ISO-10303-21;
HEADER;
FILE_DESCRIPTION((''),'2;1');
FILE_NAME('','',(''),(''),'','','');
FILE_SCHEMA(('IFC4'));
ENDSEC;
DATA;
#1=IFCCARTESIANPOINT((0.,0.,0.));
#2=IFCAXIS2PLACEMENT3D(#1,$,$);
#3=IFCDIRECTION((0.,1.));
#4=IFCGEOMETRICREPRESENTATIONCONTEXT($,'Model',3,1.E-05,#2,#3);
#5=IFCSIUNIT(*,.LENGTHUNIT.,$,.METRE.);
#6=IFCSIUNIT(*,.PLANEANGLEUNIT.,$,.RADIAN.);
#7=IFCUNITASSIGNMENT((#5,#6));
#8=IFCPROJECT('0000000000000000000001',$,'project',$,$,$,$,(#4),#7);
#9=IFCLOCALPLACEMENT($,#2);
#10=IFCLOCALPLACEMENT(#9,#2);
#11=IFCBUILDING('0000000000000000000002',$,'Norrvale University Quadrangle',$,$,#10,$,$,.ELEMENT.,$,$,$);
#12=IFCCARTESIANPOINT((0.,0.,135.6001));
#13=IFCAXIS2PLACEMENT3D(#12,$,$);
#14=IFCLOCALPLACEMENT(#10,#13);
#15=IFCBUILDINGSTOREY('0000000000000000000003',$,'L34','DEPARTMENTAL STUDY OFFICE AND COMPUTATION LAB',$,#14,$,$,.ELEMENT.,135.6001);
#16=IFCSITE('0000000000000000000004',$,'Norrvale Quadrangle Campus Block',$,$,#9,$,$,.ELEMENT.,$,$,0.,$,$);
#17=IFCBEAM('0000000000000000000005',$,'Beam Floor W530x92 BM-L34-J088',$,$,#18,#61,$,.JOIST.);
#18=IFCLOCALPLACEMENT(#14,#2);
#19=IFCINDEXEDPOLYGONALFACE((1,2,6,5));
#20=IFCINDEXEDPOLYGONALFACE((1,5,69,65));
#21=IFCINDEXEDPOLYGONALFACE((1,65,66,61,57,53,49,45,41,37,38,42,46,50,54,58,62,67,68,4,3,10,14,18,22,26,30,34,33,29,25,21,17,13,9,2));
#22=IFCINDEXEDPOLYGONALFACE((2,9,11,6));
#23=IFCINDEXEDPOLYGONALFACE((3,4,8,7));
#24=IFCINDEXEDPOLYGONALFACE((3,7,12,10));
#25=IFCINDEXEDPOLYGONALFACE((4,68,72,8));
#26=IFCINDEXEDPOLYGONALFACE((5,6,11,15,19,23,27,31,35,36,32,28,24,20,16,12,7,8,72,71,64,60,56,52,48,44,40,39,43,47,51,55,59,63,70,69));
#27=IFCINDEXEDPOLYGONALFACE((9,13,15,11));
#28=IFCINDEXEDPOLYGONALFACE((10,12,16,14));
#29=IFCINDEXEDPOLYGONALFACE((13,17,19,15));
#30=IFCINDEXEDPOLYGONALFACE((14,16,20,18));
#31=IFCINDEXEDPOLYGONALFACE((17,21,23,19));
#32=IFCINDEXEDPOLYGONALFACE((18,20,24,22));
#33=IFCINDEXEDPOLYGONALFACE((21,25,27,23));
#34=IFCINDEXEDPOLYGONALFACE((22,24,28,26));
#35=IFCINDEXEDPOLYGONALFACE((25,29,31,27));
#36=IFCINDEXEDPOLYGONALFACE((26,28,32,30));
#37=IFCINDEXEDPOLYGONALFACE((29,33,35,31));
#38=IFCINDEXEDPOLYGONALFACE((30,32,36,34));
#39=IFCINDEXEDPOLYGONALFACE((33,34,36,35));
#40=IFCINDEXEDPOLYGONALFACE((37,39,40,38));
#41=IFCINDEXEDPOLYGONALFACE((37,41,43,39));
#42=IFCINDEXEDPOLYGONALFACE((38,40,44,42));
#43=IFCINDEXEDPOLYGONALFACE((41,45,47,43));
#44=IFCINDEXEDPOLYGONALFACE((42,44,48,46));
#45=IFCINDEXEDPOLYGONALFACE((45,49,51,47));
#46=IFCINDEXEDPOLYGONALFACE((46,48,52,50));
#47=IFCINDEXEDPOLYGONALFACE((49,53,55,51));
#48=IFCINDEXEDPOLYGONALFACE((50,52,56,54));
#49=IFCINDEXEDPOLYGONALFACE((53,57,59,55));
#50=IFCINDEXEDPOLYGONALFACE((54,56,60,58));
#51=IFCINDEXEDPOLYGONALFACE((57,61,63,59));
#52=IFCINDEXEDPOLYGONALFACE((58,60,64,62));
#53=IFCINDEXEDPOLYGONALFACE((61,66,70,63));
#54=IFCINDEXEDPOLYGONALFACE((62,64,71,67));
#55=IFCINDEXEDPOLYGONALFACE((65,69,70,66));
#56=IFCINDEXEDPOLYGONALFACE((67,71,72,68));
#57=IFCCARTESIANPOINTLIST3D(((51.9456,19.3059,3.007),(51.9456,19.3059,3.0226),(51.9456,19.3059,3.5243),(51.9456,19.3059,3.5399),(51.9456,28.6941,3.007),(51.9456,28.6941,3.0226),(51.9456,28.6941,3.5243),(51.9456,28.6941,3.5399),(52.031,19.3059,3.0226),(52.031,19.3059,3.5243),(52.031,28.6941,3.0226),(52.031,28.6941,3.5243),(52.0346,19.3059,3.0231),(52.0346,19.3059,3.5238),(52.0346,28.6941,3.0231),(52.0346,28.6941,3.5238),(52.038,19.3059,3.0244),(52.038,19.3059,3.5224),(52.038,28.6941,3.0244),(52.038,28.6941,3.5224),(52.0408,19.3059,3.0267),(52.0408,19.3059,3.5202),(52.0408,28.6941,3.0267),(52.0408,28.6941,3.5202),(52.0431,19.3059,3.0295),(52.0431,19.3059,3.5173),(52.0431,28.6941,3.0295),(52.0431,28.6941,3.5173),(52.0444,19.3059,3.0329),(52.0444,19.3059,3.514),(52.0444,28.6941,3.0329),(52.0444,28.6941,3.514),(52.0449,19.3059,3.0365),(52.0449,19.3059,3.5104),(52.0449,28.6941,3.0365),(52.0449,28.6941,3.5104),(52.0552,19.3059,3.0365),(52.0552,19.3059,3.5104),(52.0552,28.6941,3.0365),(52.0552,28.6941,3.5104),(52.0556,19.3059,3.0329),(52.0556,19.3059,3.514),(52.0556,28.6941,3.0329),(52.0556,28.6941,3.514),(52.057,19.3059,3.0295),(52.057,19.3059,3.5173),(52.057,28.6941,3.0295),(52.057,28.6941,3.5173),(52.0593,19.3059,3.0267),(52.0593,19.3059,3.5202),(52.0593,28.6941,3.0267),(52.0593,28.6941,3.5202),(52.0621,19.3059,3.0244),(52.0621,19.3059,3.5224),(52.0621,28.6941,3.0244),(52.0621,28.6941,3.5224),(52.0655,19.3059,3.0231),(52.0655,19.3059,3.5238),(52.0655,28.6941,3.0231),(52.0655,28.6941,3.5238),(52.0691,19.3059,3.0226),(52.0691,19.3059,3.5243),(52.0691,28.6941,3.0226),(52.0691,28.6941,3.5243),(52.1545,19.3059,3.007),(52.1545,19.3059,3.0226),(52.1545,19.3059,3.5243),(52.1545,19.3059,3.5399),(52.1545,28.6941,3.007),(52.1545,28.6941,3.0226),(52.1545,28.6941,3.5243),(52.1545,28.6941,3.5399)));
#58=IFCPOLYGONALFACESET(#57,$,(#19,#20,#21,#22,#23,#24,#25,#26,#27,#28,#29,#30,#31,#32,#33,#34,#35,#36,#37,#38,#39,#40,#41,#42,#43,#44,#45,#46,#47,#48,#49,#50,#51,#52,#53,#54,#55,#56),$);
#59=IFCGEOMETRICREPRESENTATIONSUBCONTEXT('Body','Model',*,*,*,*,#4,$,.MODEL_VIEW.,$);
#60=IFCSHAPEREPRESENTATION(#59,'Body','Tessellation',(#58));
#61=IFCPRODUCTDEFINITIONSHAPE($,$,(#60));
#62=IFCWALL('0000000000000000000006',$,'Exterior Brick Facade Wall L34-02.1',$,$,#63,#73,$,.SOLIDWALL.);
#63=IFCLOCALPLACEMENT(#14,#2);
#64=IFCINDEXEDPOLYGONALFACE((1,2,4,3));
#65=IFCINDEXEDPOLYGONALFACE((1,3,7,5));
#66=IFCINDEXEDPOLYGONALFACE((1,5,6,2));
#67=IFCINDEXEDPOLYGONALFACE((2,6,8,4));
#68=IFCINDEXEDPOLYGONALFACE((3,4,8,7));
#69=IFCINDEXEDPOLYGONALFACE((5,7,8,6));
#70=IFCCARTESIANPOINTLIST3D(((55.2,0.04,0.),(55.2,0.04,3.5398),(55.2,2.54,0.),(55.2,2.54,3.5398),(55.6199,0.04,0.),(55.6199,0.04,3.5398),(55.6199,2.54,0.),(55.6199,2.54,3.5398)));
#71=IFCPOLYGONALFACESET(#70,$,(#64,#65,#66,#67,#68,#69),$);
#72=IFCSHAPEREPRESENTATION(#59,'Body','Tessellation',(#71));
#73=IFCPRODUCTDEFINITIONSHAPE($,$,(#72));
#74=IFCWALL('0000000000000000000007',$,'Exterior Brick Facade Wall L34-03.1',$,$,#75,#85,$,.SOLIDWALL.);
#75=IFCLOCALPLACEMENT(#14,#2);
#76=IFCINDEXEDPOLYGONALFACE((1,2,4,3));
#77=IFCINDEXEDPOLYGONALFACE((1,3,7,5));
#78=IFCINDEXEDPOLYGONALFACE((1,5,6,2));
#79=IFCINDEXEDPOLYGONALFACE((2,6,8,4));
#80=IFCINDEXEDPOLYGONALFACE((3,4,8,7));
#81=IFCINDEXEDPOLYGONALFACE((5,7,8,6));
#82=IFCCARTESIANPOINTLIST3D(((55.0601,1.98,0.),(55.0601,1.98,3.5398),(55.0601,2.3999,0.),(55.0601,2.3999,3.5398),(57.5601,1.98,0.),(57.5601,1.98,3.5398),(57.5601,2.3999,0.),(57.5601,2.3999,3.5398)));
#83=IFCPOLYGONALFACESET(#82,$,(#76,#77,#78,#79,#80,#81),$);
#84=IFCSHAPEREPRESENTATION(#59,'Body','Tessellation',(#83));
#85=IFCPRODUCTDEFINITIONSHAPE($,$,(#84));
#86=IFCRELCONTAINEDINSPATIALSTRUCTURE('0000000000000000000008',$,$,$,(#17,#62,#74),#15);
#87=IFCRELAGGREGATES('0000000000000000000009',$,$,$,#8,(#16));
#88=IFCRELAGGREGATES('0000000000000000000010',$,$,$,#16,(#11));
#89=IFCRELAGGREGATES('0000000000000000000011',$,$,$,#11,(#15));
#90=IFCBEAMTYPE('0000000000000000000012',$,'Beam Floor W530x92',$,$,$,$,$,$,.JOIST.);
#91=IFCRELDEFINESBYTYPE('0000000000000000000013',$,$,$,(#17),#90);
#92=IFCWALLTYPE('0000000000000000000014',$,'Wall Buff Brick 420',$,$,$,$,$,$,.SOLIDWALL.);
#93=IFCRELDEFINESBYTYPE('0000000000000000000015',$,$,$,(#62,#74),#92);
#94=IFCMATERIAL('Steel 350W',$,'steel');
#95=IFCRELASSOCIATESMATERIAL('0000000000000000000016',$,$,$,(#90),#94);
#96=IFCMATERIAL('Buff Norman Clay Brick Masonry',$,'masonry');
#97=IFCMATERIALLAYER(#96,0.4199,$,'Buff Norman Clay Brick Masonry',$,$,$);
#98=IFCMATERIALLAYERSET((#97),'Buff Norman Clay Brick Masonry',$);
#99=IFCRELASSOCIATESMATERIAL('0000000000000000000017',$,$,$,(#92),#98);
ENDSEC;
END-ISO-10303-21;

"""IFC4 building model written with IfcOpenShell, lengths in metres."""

from ifc_helpers import new_model, si_unit, direction, frame, frame_2d, origin, origin_2d, place, context, subcontext, project, spatial, rectangle, i_section, extrude, material, layer, layer_set, material_profile, profile_set, type_object, element, save


model = new_model("IFC4")

# Units and contexts
model_context = context("Model", 3, precision=1e-05, world=origin(), true_north=direction((0.0, 1.0)))
body_context = subcontext(model_context, "Body", "Model", "MODEL_VIEW")
ifc_project = project(units=[si_unit("LENGTHUNIT", "METRE"), si_unit("PLANEANGLEUNIT", "RADIAN")], contexts=[model_context])

# Site, building, storey
site_placement = place(None, origin())
site = spatial("IfcSite", under=ifc_project, at=site_placement, Name="Norrvale Quadrangle Campus Block", CompositionType="ELEMENT", RefElevation=0.0)
building_placement = place(site_placement, origin())
building = spatial("IfcBuilding", under=site, at=building_placement, Name="Norrvale University Quadrangle", CompositionType="ELEMENT")
storey_placement = place(building_placement, frame((0.0, 0.0, 135.6001)))
storey = spatial("IfcBuildingStorey", under=building, at=storey_placement, Name="L34", Description="DEPARTMENTAL STUDY OFFICE AND COMPUTATION LAB", CompositionType="ELEMENT", Elevation=135.6001)

# Beam
ifc_material_1 = material(Name="Steel 350W", Category="steel")
ifc_material_profile_1 = material_profile(ifc_material_1, i_section(OverallWidth=0.209, OverallDepth=0.533, WebThickness=0.0103, FlangeThickness=0.0156, FilletRadius=0.0139, at=origin_2d()), Name="Steel 350W")
ifc_profile_set_1 = profile_set([ifc_material_profile_1], Name="Steel 350W")
beam_type_1 = type_object("IfcBeamType", Name="Beam Floor W530x92", PredefinedType="JOIST", material=ifc_profile_set_1)
beam_1_placement = place(storey_placement, frame((52.05, 19.3059, 3.2734), z_axis=(0.0, 1.0, 0.0), x_axis=(-1.0, 0.0, 0.0)))
element("IfcBeam", 1, at=beam_1_placement, inside=storey, type_object=beam_type_1, Name="Beam Floor W530x92 BM-L34-J088", PredefinedType="JOIST", context=body_context, shape_type="SweptSolid", body=[
    extrude(i_section(OverallWidth=0.209, OverallDepth=0.533, WebThickness=0.0103, FlangeThickness=0.0156, FilletRadius=0.0139, at=origin_2d()), origin(), (0.0, 0.0, 1.0), 9.3882),
])

# Walls
ifc_material_2 = material(Name="Buff Norman Clay Brick Masonry", Category="masonry")
ifc_layer_1 = layer(ifc_material_2, 0.4199, Name="Buff Norman Clay Brick Masonry")
ifc_layer_set_1 = layer_set([ifc_layer_1], Name="Buff Norman Clay Brick Masonry")
wall_type_1 = type_object("IfcWallType", Name="Wall Buff Brick 420", PredefinedType="SOLIDWALL", material=ifc_layer_set_1)
for number, where, z_axis, x_axis, name in (
    (2, (55.4099, 0.04, 0.0), (0.0, 0.0, 1.0), (0.0, 1.0, 0.0), "Exterior Brick Facade Wall L34-02.1"),
    (3, (55.0601, 2.1899, 0.0), (0.0, 0.0, 1.0), (1.0, 0.0, 0.0), "Exterior Brick Facade Wall L34-03.1"),
):
    element("IfcWall", number, at=place(storey_placement, frame(where, z_axis=z_axis, x_axis=x_axis)), inside=storey, type_object=wall_type_1, Name=name, PredefinedType="SOLIDWALL", context=body_context, shape_type="SweptSolid", body=[
        extrude(rectangle(XDim=2.5, YDim=0.4199, at=frame_2d((1.25, 0.0))), origin(), (0.0, 0.0, 1.0), 3.5398),
    ])

save(model, "model.ifc")
